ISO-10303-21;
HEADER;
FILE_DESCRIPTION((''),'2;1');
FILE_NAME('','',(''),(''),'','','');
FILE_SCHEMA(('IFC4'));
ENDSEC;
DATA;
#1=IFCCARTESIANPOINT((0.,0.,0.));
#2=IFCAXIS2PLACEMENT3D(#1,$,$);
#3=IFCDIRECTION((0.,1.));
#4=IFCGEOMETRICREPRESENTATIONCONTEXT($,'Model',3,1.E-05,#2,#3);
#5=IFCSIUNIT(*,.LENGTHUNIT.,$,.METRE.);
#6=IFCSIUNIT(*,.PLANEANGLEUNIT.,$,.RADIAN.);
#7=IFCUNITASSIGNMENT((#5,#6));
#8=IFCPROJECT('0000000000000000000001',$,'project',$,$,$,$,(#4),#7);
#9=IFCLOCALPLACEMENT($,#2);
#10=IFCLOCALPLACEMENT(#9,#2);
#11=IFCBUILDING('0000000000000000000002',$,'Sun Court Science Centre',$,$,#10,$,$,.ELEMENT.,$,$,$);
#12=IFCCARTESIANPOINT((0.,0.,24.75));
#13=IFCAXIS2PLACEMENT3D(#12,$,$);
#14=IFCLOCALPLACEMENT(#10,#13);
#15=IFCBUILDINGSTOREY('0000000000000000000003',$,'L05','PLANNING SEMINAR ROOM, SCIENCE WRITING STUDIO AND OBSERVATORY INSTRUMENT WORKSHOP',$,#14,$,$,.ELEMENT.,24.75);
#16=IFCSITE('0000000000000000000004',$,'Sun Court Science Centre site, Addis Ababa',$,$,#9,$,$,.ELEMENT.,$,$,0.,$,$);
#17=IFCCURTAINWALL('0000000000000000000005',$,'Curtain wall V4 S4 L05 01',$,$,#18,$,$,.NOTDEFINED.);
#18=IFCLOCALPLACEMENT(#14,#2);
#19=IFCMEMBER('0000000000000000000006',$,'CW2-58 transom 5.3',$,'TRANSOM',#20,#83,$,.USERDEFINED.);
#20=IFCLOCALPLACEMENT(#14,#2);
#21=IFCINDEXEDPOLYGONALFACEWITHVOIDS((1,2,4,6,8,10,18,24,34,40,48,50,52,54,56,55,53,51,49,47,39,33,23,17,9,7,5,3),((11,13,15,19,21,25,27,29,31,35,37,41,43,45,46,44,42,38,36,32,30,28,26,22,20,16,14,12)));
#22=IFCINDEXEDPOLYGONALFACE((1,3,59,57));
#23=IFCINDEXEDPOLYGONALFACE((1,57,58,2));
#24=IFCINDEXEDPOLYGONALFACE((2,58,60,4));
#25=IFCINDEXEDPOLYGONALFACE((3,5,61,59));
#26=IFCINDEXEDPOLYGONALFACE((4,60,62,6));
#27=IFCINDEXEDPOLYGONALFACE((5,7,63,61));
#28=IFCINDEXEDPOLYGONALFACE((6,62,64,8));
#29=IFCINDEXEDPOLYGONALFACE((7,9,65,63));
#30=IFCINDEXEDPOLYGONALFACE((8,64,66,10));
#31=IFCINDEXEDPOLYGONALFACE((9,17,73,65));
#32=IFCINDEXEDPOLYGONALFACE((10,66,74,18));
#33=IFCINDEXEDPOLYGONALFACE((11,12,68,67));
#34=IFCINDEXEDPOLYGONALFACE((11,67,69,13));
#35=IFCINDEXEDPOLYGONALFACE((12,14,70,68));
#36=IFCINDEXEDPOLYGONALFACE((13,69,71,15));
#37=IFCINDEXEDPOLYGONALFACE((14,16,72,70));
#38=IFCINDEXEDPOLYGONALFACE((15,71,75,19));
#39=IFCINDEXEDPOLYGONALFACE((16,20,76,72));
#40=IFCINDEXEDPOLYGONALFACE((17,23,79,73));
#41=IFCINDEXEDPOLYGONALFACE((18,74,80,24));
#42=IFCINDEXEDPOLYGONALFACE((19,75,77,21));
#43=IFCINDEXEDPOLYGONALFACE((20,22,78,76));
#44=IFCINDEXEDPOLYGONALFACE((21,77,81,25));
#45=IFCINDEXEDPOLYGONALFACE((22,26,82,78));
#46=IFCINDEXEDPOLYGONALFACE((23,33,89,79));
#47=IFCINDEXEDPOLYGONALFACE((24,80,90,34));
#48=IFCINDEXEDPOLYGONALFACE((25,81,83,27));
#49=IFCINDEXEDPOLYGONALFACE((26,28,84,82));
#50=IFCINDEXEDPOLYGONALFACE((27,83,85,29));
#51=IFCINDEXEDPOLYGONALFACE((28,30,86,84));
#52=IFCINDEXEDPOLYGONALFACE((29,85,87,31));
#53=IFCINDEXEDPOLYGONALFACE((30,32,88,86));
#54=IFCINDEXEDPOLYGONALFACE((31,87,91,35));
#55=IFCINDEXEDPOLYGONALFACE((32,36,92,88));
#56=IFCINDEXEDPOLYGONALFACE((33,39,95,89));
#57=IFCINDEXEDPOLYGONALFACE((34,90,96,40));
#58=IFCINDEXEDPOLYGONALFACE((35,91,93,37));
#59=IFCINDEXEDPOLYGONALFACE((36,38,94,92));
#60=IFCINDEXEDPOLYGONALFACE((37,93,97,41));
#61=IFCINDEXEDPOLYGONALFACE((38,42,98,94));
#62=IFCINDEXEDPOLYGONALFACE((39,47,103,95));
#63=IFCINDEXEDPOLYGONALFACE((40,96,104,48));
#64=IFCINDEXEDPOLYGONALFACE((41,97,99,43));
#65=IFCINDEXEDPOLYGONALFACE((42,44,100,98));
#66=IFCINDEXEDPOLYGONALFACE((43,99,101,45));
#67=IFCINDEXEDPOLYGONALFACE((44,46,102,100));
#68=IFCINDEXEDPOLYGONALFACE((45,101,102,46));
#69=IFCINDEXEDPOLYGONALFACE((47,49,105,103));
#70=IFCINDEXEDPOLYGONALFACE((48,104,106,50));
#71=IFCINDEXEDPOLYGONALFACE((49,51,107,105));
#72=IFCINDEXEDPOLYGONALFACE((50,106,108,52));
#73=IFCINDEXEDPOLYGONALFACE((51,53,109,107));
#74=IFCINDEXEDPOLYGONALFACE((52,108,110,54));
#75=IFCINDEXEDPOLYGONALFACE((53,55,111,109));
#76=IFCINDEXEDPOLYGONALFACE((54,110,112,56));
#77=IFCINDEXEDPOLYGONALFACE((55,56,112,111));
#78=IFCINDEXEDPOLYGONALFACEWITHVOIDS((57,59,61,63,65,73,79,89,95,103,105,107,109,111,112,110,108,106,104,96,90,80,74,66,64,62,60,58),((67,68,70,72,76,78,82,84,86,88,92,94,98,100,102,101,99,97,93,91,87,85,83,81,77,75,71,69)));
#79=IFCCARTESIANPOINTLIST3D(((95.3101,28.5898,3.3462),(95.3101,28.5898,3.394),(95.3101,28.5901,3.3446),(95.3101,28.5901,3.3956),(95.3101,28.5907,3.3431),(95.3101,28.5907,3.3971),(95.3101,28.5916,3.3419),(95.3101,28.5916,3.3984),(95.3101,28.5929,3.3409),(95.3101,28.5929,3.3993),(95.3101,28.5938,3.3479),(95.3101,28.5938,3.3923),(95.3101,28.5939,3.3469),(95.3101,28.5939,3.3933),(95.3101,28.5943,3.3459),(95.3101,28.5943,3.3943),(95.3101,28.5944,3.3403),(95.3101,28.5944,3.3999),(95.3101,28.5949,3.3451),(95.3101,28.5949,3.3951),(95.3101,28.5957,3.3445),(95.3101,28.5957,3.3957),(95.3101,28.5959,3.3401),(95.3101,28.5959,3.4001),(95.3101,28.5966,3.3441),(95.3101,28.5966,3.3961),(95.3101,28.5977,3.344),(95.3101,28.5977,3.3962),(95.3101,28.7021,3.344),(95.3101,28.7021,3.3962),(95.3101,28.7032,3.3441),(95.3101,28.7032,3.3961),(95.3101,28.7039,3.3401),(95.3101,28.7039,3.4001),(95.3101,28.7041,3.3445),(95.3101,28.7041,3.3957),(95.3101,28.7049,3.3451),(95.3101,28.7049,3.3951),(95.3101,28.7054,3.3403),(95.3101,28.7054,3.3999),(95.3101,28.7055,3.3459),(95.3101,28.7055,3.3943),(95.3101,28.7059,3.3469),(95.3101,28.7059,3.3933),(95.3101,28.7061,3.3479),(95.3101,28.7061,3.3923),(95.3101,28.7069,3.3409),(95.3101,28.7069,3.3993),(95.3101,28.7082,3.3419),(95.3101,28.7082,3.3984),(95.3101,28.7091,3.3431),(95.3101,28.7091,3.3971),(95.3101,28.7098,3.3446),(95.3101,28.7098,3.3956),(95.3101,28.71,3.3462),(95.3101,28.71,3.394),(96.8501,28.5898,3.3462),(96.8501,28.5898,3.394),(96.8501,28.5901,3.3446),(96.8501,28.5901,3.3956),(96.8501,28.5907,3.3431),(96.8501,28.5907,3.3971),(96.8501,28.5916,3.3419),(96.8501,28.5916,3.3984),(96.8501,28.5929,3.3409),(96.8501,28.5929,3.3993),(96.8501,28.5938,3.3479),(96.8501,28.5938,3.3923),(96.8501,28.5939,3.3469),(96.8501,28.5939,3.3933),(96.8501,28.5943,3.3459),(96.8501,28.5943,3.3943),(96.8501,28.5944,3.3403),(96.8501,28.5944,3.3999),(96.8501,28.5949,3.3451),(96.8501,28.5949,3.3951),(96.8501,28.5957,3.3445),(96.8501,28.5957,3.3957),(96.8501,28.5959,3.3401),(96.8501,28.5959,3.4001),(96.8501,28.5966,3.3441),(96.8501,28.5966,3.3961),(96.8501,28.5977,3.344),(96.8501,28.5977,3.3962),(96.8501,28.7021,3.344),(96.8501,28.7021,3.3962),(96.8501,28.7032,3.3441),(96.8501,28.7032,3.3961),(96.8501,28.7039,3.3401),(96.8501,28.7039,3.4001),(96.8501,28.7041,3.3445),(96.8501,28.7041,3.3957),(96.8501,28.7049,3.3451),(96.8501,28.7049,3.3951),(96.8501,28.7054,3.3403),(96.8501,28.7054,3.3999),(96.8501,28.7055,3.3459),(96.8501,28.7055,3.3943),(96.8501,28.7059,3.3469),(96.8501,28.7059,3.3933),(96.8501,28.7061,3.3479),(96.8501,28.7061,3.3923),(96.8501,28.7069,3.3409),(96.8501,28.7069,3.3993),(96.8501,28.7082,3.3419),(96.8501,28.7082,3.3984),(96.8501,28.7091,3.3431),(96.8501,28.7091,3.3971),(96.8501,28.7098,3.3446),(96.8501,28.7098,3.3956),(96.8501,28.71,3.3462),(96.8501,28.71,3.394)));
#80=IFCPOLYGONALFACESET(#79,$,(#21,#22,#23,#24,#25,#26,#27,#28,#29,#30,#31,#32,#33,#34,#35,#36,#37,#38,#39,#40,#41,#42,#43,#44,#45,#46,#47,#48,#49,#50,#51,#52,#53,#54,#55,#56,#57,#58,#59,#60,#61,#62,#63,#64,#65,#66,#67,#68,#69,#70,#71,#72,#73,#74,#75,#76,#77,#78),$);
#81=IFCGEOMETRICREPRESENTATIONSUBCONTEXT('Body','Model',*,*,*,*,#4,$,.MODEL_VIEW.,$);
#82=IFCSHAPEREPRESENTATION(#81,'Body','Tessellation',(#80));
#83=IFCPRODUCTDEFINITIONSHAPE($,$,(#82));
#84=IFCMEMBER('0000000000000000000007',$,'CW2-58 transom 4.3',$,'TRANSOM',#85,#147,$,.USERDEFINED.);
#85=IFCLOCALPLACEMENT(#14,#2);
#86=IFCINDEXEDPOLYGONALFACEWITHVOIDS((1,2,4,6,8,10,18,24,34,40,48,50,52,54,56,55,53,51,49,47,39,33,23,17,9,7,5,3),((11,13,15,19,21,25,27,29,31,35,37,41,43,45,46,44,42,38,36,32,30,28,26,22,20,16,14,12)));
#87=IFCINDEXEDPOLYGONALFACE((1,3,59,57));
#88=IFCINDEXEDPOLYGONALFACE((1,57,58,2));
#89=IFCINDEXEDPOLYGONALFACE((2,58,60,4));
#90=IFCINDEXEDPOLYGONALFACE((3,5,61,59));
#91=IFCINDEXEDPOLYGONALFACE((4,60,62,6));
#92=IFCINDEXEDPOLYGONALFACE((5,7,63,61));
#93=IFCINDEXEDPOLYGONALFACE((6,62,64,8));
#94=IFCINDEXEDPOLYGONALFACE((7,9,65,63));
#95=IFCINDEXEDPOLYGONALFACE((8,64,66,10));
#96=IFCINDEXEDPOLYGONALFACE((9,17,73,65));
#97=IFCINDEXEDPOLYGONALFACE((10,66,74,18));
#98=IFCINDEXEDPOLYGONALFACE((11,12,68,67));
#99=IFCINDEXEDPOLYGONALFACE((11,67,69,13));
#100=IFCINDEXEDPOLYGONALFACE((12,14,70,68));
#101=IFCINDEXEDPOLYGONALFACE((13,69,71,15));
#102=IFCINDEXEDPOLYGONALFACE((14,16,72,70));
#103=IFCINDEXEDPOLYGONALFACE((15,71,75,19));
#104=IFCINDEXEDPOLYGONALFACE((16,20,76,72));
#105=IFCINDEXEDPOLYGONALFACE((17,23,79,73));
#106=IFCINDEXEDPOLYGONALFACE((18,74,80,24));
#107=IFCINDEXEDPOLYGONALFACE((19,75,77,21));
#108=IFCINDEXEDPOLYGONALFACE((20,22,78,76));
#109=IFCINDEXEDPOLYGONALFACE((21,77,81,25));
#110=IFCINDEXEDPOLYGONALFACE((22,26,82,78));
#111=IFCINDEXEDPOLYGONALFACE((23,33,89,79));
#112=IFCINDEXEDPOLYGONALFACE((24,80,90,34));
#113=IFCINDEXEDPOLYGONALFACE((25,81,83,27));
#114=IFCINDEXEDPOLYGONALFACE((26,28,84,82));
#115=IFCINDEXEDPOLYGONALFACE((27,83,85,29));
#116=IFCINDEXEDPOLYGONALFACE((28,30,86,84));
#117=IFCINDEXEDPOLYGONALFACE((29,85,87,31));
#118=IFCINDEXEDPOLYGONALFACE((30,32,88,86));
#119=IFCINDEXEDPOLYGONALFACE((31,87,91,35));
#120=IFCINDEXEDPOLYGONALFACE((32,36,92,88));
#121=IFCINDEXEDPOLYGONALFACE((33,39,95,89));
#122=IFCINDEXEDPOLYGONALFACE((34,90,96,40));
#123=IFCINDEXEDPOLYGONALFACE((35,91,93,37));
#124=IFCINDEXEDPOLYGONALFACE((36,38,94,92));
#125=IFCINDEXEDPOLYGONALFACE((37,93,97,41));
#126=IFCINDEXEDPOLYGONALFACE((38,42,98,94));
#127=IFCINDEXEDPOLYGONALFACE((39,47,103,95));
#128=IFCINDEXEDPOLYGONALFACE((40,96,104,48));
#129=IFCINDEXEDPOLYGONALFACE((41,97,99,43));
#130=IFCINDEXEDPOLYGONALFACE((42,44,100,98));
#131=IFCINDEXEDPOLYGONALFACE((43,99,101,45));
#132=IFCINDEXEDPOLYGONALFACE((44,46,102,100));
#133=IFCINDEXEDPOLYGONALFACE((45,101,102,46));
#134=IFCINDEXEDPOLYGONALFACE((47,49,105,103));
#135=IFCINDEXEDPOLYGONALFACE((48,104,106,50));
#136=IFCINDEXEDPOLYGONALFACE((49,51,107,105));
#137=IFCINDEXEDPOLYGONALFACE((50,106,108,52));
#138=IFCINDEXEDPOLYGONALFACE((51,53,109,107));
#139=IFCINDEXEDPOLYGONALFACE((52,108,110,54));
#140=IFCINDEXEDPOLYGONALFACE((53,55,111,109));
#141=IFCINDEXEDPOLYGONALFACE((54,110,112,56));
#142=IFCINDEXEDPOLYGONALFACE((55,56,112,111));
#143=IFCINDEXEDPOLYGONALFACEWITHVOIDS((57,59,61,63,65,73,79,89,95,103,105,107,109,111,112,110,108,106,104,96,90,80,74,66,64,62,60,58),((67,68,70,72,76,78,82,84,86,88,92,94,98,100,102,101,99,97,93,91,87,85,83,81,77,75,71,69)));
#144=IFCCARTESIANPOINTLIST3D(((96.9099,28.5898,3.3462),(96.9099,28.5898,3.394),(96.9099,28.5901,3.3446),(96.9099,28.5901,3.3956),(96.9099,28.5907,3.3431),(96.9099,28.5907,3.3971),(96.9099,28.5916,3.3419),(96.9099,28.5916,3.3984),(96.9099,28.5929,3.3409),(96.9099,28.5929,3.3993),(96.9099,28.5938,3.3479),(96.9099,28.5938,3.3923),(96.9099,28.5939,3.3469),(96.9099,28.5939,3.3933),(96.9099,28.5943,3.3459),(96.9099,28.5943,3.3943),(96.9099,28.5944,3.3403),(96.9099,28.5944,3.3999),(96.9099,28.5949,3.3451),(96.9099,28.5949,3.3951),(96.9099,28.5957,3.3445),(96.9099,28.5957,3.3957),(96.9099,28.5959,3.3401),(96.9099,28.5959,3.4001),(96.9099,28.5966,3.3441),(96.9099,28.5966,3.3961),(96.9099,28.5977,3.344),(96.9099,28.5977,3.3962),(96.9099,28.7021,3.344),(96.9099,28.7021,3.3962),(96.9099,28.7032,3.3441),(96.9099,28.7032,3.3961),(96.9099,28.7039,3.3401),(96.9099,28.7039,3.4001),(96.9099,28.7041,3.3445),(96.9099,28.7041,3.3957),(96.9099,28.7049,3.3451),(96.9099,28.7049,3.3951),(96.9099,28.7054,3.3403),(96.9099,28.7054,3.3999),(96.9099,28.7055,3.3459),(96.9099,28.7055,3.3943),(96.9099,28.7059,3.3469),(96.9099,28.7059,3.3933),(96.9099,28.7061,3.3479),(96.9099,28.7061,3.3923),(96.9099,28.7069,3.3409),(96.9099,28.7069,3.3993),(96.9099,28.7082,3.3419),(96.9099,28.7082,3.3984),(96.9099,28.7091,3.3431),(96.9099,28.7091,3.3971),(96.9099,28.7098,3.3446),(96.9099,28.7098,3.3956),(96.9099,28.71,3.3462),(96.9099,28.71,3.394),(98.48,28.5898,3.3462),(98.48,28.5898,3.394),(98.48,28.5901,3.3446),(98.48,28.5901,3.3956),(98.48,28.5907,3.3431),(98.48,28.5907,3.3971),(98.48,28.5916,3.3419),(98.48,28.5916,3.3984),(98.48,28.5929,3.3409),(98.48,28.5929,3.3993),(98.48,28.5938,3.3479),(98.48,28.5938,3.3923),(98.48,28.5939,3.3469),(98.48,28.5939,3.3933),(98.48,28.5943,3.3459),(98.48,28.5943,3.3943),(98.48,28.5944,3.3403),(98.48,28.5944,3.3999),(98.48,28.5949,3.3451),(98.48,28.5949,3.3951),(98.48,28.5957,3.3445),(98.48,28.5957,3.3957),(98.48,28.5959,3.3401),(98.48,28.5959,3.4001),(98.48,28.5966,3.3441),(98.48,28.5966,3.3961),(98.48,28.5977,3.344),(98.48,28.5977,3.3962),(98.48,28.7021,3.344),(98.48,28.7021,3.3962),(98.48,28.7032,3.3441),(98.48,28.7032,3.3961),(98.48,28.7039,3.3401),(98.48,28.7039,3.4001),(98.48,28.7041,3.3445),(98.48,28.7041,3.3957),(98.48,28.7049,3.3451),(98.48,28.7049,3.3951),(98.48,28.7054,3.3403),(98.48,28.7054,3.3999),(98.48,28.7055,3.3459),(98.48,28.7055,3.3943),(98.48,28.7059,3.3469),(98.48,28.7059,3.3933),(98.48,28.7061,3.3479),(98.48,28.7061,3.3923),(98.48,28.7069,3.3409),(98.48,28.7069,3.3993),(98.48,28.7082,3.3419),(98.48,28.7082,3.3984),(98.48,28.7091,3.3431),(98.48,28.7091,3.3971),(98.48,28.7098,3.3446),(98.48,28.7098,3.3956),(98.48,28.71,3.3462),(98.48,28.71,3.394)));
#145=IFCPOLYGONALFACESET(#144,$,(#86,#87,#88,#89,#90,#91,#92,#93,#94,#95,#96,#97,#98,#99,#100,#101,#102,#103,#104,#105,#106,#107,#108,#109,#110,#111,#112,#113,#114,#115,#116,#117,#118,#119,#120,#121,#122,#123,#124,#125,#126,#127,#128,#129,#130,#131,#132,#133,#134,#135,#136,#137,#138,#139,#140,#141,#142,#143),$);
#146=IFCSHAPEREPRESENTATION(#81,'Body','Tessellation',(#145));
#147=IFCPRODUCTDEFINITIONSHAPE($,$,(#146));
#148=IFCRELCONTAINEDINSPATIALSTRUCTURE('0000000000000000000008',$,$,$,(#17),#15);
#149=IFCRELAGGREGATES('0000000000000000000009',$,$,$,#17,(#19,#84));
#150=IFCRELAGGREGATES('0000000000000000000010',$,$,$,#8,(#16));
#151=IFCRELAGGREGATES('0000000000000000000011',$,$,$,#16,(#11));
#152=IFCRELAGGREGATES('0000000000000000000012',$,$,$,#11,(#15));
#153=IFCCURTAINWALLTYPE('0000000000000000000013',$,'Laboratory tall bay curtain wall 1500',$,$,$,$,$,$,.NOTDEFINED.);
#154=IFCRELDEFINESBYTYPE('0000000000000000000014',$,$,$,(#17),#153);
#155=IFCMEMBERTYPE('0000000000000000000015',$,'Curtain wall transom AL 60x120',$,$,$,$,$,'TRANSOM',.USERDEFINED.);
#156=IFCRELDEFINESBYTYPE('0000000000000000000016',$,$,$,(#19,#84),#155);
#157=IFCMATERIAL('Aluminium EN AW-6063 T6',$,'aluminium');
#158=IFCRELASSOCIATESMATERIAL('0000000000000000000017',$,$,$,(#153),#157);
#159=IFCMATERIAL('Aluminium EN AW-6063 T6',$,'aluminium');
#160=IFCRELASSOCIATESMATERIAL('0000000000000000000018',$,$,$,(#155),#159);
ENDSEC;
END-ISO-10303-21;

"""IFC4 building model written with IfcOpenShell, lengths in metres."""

from ifc_helpers import new_model, si_unit, direction, frame, origin, origin_2d, place, context, subcontext, project, spatial, hollow_rectangle, extrude, material, material_profile, profile_set, type_object, element, aggregate, save


model = new_model("IFC4")

# Units and contexts
model_context = context("Model", 3, precision=1e-05, world=origin(), true_north=direction((0.0, 1.0)))
body_context = subcontext(model_context, "Body", "Model", "MODEL_VIEW")
ifc_project = project(units=[si_unit("LENGTHUNIT", "METRE"), si_unit("PLANEANGLEUNIT", "RADIAN")], contexts=[model_context])

# Site, building, storey
site_placement = place(None, origin())
site = spatial("IfcSite", under=ifc_project, at=site_placement, Name="Sun Court Science Centre site, Addis Ababa", CompositionType="ELEMENT", RefElevation=0.0)
building_placement = place(site_placement, origin())
building = spatial("IfcBuilding", under=site, at=building_placement, Name="Sun Court Science Centre", CompositionType="ELEMENT")
storey_placement = place(building_placement, frame((0.0, 0.0, 24.75)))
storey = spatial("IfcBuildingStorey", under=building, at=storey_placement, Name="L05", Description="PLANNING SEMINAR ROOM, SCIENCE WRITING STUDIO AND OBSERVATORY INSTRUMENT WORKSHOP", CompositionType="ELEMENT", Elevation=24.75)

# Curtain wall
ifc_material_1 = material(Name="Aluminium EN AW-6063 T6", Category="aluminium")
curtain_wall_type = type_object("IfcCurtainWallType", Name="Laboratory tall bay curtain wall 1500", PredefinedType="NOTDEFINED", material=ifc_material_1)
curtain_wall_1_placement = place(storey_placement, origin())
curtain_wall_1 = element("IfcCurtainWall", 1, at=curtain_wall_1_placement, inside=storey, type_object=curtain_wall_type, Name="Curtain wall V4 S4 L05 01", PredefinedType="NOTDEFINED")

# Members
ifc_material_2 = material(Name="Aluminium EN AW-6063 T6", Category="aluminium")
ifc_material_profile_1 = material_profile(ifc_material_2, hollow_rectangle(XDim=0.0601, YDim=0.1201, WallThickness=0.0039, InnerFilletRadius=0.0039, OuterFilletRadius=0.0061, at=origin_2d()), Name="AL 60x120x4")
ifc_profile_set_1 = profile_set([ifc_material_profile_1], Name="Aluminium EN AW-6063 T6")
member_type_1 = type_object("IfcMemberType", Name="Curtain wall transom AL 60x120", ElementType="TRANSOM", PredefinedType="USERDEFINED", material=ifc_profile_set_1)
member_1_placement = place(storey_placement, frame((96.8501, 28.6499, 3.3701), z_axis=(-1.0, 0.0, 0.0), x_axis=(0.0, 0.0, 1.0)))
member_1 = element("IfcMember", 2, at=member_1_placement, type_object=member_type_1, Name="CW2-58 transom 5.3", ObjectType="TRANSOM", PredefinedType="USERDEFINED", context=body_context, shape_type="SweptSolid", body=[
    extrude(hollow_rectangle(XDim=0.0601, YDim=0.1201, WallThickness=0.0039, InnerFilletRadius=0.0039, OuterFilletRadius=0.0061, at=origin_2d()), origin(), (0.0, 0.0, 1.0), 1.54),
])
member_2_placement = place(storey_placement, frame((98.48, 28.6499, 3.3701), z_axis=(-1.0, 0.0, 0.0), x_axis=(0.0, 0.0, 1.0)))
member_2 = element("IfcMember", 3, at=member_2_placement, type_object=member_type_1, Name="CW2-58 transom 4.3", ObjectType="TRANSOM", PredefinedType="USERDEFINED", context=body_context, shape_type="SweptSolid", body=[
    extrude(hollow_rectangle(XDim=0.0601, YDim=0.1201, WallThickness=0.0039, InnerFilletRadius=0.0039, OuterFilletRadius=0.0061, at=origin_2d()), origin(), (0.0, 0.0, 1.0), 1.5701),
])

aggregate(curtain_wall_1, [member_1, member_2])

save(model, "model.ifc")
